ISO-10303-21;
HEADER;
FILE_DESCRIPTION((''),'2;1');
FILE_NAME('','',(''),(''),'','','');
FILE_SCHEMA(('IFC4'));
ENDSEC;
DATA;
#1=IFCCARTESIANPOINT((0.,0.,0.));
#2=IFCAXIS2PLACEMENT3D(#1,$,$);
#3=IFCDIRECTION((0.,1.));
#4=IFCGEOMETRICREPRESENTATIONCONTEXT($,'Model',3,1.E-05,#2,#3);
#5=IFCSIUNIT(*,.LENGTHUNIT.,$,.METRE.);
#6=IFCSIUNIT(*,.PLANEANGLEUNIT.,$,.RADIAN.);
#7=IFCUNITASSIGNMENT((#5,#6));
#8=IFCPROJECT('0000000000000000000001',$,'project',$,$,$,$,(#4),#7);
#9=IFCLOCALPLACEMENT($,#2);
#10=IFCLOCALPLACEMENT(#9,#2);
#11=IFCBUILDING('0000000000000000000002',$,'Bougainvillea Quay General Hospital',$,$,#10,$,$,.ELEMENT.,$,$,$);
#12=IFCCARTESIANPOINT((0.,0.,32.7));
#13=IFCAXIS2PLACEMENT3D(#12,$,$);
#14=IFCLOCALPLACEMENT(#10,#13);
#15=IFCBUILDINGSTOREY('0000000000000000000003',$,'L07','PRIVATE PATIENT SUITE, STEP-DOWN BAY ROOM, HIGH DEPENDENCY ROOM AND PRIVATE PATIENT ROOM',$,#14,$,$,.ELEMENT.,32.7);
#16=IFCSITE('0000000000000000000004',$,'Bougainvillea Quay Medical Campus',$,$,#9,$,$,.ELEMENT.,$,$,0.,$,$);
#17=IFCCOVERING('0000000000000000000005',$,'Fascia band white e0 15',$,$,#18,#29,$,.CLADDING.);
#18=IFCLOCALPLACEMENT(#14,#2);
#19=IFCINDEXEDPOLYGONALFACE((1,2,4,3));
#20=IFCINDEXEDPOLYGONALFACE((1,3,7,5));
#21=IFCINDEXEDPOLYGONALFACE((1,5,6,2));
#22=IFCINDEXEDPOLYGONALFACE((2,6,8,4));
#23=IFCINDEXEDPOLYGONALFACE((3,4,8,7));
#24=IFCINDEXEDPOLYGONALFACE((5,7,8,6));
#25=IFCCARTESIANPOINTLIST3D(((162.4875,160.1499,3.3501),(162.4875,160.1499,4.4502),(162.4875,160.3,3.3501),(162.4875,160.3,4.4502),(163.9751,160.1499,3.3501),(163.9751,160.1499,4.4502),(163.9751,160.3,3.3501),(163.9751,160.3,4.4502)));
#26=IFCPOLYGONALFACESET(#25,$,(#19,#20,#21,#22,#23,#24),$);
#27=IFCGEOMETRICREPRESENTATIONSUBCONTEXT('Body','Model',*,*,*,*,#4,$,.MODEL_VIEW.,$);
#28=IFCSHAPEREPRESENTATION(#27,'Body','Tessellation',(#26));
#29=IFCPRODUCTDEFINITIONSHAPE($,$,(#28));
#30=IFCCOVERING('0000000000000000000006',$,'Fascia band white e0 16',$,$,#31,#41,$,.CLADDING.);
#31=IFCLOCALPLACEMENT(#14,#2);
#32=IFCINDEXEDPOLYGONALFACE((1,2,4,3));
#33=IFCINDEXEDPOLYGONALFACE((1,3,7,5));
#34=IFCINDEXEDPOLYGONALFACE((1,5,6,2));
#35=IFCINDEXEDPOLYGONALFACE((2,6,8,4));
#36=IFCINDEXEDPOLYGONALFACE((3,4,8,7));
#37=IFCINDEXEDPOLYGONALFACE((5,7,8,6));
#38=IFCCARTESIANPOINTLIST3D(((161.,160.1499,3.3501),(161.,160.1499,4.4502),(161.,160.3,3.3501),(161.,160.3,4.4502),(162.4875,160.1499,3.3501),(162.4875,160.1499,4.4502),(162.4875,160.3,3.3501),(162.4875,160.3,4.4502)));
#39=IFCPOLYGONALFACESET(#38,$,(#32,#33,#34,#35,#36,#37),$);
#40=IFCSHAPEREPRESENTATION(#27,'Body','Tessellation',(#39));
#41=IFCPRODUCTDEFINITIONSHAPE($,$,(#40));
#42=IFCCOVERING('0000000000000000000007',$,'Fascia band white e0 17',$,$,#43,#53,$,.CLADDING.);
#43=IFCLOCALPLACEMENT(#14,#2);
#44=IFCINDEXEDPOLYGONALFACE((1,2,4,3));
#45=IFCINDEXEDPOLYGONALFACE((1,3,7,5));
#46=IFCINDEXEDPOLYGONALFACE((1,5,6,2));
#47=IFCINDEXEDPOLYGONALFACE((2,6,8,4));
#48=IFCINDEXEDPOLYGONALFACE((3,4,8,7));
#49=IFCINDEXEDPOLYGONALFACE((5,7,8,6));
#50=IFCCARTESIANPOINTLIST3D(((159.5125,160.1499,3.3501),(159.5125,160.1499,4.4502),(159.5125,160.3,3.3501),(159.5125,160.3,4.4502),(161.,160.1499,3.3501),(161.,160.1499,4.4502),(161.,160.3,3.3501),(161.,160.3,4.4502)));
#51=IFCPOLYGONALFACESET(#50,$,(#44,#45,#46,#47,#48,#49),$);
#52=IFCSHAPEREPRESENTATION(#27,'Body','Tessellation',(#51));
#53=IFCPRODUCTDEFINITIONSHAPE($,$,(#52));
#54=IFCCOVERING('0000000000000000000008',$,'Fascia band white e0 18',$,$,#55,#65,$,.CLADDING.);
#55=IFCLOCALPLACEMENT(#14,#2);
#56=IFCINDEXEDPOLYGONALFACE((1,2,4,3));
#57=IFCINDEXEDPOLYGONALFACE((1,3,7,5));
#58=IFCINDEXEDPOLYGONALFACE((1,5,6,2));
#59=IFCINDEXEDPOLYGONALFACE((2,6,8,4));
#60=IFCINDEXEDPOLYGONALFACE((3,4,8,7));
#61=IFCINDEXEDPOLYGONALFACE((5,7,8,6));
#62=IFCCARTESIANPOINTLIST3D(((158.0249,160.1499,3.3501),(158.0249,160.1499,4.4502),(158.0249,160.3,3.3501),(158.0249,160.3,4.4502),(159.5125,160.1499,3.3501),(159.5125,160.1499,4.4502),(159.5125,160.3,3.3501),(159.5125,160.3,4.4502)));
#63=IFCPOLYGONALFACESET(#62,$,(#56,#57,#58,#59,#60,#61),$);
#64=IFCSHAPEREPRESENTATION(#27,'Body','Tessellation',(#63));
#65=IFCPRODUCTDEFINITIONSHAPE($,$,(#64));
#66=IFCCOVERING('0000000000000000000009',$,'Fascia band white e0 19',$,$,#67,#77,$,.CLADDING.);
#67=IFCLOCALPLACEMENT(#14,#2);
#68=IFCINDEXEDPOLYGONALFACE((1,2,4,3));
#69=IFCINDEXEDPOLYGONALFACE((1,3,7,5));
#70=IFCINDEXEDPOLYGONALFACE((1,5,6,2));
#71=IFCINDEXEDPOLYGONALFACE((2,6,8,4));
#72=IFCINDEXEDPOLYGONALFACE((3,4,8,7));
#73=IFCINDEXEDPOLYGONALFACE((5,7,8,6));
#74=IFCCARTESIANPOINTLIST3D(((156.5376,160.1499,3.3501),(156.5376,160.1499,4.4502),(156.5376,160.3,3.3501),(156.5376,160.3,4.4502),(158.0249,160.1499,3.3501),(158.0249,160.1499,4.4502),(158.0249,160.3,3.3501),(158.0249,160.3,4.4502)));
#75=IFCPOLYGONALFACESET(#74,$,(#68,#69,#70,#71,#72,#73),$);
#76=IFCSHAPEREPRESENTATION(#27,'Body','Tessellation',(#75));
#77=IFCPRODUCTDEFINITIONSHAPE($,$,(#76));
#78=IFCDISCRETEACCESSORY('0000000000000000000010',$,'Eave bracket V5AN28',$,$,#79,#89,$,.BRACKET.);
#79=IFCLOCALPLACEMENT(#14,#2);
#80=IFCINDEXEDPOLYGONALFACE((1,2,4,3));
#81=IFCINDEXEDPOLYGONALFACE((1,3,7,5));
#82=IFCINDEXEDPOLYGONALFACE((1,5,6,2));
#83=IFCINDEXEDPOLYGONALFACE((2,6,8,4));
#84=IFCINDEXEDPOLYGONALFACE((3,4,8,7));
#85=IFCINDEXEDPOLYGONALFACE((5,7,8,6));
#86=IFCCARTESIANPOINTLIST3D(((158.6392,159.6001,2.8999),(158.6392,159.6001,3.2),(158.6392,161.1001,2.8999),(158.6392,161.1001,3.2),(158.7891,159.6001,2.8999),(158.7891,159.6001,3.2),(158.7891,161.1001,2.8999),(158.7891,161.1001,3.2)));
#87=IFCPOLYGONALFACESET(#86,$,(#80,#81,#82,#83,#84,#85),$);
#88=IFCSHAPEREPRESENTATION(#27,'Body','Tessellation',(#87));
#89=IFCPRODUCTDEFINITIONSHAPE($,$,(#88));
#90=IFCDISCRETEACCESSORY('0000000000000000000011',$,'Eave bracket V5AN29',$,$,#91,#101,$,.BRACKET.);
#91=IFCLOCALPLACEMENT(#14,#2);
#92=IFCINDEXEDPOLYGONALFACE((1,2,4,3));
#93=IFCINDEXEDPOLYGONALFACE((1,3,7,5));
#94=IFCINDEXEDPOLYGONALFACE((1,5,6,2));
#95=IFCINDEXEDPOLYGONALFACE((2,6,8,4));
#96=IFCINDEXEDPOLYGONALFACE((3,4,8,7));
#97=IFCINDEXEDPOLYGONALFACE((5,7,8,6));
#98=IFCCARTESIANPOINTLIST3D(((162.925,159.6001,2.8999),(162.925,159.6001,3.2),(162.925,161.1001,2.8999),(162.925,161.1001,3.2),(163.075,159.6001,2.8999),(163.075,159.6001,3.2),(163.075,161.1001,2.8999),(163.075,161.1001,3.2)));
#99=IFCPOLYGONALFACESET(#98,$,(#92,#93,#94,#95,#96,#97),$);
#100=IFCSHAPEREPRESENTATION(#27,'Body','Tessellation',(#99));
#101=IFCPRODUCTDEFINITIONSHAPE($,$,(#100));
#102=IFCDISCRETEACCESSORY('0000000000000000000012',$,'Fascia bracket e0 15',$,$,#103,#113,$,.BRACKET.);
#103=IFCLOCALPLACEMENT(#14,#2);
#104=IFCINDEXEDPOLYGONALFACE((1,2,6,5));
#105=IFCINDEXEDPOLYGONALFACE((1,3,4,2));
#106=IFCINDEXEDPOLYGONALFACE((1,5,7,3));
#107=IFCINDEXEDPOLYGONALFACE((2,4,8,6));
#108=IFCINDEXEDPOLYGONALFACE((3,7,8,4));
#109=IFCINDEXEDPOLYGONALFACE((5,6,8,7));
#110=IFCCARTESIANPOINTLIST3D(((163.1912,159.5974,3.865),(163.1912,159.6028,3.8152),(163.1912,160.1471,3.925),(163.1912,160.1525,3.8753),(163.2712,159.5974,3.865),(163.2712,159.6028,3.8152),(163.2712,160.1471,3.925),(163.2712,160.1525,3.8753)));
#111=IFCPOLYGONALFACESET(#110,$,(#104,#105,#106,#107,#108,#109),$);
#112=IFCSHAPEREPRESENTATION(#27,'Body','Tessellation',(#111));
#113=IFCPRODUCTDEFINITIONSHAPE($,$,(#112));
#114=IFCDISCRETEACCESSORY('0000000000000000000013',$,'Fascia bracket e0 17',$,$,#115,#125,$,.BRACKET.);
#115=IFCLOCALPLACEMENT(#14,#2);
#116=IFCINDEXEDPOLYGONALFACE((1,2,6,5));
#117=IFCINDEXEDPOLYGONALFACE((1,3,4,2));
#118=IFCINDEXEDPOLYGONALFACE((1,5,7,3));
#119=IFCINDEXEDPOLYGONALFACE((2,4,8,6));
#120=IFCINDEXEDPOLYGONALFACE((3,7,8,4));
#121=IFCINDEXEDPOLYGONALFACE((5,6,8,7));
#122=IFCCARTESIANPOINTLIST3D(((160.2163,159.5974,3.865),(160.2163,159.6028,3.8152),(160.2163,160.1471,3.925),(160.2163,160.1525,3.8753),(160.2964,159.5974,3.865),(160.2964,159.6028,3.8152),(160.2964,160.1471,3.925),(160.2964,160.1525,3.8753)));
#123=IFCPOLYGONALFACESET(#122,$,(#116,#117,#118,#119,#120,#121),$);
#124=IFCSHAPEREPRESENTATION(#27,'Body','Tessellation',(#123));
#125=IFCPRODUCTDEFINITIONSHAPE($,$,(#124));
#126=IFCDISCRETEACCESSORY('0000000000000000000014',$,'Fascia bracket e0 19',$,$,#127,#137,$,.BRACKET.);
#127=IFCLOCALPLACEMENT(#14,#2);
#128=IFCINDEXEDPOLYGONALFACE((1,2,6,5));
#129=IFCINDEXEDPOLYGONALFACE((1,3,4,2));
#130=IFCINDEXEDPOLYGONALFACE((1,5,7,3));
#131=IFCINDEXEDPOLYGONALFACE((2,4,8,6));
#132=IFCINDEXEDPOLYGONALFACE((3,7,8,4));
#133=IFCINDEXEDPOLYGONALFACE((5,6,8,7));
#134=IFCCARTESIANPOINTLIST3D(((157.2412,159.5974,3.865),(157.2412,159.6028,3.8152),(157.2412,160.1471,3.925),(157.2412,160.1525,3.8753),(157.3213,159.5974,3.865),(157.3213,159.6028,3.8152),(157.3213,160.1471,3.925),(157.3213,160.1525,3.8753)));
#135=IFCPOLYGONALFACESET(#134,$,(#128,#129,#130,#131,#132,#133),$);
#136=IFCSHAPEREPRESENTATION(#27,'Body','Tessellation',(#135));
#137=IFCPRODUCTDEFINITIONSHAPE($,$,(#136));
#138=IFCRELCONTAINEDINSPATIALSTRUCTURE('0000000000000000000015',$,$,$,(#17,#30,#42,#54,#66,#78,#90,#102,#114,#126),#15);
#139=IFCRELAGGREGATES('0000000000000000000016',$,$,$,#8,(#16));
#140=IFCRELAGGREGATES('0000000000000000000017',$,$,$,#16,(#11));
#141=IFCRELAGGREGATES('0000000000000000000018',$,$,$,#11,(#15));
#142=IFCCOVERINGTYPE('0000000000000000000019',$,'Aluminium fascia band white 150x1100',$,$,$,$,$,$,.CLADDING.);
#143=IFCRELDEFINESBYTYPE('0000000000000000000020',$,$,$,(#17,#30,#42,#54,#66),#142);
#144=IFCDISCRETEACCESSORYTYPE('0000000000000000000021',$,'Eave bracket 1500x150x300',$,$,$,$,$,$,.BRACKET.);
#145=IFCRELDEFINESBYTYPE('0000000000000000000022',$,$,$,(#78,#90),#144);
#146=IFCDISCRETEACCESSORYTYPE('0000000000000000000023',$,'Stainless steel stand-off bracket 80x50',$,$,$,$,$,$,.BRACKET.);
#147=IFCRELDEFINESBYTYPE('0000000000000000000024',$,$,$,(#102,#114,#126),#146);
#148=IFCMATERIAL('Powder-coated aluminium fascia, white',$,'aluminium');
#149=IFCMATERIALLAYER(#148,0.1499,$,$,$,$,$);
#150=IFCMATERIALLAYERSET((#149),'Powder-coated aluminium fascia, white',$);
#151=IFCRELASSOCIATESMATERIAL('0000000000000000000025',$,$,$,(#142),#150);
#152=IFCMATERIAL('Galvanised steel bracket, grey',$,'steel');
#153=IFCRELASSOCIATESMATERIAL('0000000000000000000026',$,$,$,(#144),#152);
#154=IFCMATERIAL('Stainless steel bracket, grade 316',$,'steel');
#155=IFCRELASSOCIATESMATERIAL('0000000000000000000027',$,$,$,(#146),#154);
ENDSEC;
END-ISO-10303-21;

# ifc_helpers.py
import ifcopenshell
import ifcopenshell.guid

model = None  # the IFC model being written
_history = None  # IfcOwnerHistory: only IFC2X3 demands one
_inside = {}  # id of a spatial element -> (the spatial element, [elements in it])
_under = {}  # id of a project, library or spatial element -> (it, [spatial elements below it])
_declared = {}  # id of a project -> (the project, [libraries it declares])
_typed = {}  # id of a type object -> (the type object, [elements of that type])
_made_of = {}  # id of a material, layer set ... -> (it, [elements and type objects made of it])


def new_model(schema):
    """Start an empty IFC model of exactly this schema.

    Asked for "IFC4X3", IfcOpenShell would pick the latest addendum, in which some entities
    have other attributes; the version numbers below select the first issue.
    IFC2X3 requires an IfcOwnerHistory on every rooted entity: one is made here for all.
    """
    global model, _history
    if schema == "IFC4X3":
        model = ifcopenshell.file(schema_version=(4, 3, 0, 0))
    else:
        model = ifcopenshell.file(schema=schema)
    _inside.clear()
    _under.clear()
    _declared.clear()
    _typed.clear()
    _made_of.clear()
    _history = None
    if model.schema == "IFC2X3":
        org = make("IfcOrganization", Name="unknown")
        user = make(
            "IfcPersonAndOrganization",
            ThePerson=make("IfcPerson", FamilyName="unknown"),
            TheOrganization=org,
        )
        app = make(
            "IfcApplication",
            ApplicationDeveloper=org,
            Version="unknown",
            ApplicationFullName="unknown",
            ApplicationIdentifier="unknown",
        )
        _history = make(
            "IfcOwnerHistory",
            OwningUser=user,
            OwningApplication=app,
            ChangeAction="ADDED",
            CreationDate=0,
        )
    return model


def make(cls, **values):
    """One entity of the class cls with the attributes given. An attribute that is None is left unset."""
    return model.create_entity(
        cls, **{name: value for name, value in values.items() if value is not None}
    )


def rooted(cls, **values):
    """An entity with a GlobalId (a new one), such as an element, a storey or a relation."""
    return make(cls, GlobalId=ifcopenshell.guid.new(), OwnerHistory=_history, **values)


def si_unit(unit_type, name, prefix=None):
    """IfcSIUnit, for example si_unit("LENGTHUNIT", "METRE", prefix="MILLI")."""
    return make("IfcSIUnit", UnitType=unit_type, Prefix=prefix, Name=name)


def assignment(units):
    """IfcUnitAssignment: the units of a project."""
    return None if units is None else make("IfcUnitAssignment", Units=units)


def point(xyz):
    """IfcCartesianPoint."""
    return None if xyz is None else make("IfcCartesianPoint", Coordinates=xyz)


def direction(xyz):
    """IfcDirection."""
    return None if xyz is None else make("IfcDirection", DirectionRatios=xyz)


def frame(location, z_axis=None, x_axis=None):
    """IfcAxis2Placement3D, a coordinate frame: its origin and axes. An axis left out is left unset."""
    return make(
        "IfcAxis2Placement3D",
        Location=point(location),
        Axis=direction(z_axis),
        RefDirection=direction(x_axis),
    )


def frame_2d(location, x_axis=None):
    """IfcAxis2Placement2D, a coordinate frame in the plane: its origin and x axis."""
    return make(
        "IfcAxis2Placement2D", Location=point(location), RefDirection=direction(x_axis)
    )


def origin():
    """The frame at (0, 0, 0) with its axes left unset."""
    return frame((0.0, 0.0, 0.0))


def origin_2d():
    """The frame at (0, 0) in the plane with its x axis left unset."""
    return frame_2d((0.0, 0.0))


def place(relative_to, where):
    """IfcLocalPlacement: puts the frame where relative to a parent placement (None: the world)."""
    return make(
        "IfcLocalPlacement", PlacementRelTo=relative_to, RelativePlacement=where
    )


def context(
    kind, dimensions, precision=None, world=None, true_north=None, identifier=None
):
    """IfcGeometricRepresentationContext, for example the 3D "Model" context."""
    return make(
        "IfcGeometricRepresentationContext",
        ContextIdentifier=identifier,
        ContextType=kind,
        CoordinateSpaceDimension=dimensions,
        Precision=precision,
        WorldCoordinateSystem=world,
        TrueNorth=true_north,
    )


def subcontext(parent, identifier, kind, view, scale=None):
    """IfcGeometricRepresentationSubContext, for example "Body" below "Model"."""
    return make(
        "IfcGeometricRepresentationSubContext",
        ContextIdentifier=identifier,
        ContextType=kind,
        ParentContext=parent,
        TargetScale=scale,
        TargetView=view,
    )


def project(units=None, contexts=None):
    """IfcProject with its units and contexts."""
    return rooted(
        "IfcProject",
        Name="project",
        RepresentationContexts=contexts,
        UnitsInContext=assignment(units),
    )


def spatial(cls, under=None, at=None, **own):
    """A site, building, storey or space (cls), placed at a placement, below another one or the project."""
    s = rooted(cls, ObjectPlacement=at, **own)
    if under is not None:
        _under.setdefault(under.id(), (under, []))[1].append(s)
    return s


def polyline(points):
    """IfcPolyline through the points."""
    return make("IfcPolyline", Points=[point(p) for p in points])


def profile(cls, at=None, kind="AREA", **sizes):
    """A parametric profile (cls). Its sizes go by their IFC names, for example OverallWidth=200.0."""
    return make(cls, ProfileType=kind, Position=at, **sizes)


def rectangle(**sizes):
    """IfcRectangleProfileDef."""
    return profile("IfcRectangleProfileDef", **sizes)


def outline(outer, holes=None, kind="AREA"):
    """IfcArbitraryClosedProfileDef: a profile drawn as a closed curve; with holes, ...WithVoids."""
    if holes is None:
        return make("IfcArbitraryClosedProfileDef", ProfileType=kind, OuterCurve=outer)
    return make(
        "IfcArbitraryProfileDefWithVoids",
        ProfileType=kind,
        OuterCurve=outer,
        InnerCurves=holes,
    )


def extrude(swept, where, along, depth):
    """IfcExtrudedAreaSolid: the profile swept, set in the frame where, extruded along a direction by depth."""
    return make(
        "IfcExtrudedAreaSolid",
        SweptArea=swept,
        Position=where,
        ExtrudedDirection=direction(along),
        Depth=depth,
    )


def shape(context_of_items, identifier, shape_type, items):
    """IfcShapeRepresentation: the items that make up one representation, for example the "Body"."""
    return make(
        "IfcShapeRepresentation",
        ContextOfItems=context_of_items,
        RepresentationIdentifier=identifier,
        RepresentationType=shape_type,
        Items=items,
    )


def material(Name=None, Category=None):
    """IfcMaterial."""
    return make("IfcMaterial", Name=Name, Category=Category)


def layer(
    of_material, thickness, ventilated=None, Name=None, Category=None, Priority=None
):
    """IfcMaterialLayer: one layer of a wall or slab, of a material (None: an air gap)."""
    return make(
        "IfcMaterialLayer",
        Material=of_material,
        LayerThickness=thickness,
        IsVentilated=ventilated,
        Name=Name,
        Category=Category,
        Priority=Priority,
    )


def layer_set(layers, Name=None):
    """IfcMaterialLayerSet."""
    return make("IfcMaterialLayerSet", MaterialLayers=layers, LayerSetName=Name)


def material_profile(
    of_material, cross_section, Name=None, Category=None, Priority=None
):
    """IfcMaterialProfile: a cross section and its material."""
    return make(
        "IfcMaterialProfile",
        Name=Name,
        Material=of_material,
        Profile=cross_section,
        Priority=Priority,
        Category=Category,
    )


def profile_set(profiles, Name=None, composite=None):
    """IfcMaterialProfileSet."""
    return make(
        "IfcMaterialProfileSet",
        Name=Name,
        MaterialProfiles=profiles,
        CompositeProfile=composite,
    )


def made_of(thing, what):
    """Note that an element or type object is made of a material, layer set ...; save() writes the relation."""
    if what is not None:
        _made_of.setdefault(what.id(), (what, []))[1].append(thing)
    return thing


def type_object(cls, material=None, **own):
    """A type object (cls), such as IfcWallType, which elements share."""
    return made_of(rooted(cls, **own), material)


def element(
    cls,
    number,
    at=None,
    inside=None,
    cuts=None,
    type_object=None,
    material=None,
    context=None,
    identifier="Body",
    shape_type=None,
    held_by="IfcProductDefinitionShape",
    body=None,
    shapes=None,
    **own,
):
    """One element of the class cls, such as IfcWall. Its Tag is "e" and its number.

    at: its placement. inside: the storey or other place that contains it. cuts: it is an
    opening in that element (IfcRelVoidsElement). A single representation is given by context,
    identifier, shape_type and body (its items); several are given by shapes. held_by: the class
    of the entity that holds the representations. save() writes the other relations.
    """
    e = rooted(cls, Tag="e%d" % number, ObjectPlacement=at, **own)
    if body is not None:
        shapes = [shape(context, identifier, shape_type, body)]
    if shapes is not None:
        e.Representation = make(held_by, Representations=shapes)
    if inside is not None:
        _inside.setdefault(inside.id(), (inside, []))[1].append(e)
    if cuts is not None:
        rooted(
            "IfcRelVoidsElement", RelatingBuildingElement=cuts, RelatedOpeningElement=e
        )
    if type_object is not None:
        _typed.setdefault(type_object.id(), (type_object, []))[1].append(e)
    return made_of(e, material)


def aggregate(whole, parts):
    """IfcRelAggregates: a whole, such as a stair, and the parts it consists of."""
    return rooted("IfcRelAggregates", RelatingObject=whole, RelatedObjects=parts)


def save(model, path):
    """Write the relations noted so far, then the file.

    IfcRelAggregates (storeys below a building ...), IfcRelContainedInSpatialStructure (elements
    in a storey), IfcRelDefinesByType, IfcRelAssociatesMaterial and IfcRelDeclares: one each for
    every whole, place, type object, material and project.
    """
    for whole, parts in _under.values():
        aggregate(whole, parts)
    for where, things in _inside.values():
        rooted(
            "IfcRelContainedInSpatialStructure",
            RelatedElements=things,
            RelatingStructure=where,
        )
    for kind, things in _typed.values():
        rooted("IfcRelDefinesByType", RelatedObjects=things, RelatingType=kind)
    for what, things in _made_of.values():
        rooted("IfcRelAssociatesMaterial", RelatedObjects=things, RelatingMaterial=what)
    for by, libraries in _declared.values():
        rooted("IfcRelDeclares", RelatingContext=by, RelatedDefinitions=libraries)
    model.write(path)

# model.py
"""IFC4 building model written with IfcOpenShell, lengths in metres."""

from ifc_helpers import new_model, si_unit, direction, frame, origin, origin_2d, place, context, subcontext, project, spatial, polyline, rectangle, outline, extrude, material, layer, layer_set, material_profile, profile_set, type_object, element, save


model = new_model("IFC4")

# Units and contexts
model_context = context("Model", 3, precision=1e-05, world=origin(), true_north=direction((0.0, 1.0)))
body_context = subcontext(model_context, "Body", "Model", "MODEL_VIEW")
ifc_project = project(units=[si_unit("LENGTHUNIT", "METRE"), si_unit("PLANEANGLEUNIT", "RADIAN")], contexts=[model_context])

# Site, building, storey
site_placement = place(None, origin())
site = spatial("IfcSite", under=ifc_project, at=site_placement, Name="Bougainvillea Quay Medical Campus", CompositionType="ELEMENT", RefElevation=0.0)
building_placement = place(site_placement, origin())
building = spatial("IfcBuilding", under=site, at=building_placement, Name="Bougainvillea Quay General Hospital", CompositionType="ELEMENT")
storey_placement = place(building_placement, frame((0.0, 0.0, 32.7)))
storey = spatial("IfcBuildingStorey", under=building, at=storey_placement, Name="L07", Description="PRIVATE PATIENT SUITE, STEP-DOWN BAY ROOM, HIGH DEPENDENCY ROOM AND PRIVATE PATIENT ROOM", CompositionType="ELEMENT", Elevation=32.7)

# Coverings
ifc_material_1 = material(Name="Powder-coated aluminium fascia, white", Category="aluminium")
ifc_layer_1 = layer(ifc_material_1, 0.1499)
ifc_layer_set_1 = layer_set([ifc_layer_1], Name="Powder-coated aluminium fascia, white")
covering_type = type_object("IfcCoveringType", Name="Aluminium fascia band white 150x1100", PredefinedType="CLADDING", material=ifc_layer_set_1)
for number, where, z_axis, x_axis, name in (
    (1, (163.9751, 160.1499, 3.3501), (0.0, 0.0, 1.0), (-1.0, 0.0, 0.0), "Fascia band white e0 15"),
    (2, (162.4875, 160.1499, 3.3501), (0.0, 0.0, 1.0), (-1.0, 0.0, 0.0), "Fascia band white e0 16"),
    (3, (161.0, 160.1499, 3.3501), (0.0, 0.0, 1.0), (-1.0, 0.0, 0.0), "Fascia band white e0 17"),
    (4, (159.5125, 160.1499, 3.3501), (0.0, 0.0, 1.0), (-1.0, 0.0, 0.0), "Fascia band white e0 18"),
):
    element("IfcCovering", number, at=place(storey_placement, frame(where, z_axis=z_axis, x_axis=x_axis)), inside=storey, type_object=covering_type, Name=name, PredefinedType="CLADDING", context=body_context, shape_type="SweptSolid", body=[
        extrude(outline(polyline([(0.0, 0.0), (1.4875, 0.0), (1.4875, -0.1501), (0.0, -0.1501), (0.0, 0.0)])), origin(), (0.0, 0.0, 1.0), 1.1001),
    ])
covering_1_placement = place(storey_placement, frame((158.0249, 160.1499, 3.3501), z_axis=(0.0, 0.0, 1.0), x_axis=(-1.0, 0.0, 0.0)))
element("IfcCovering", 5, at=covering_1_placement, inside=storey, type_object=covering_type, Name="Fascia band white e0 19", PredefinedType="CLADDING", context=body_context, shape_type="SweptSolid", body=[
    extrude(outline(polyline([(0.0, 0.0), (1.4873, 0.0), (1.4873, -0.1501), (0.0, -0.1501), (0.0, 0.0)])), origin(), (0.0, 0.0, 1.0), 1.1001),
])

# Discrete accessories
ifc_material_2 = material(Name="Galvanised steel bracket, grey", Category="steel")
discrete_accessory_type_1 = type_object("IfcDiscreteAccessoryType", Name="Eave bracket 1500x150x300", PredefinedType="BRACKET", material=ifc_material_2)
for number, where, z_axis, x_axis, name in (
    (6, (158.7141, 160.3501, 2.8999), (0.0, 0.0, 1.0), (1.0, 0.0, 0.0), "Eave bracket V5AN28"),
    (7, (163.0, 160.3501, 2.8999), (0.0, 0.0, 1.0), (1.0, 0.0, 0.0), "Eave bracket V5AN29"),
):
    element("IfcDiscreteAccessory", number, at=place(storey_placement, frame(where, z_axis=z_axis, x_axis=x_axis)), inside=storey, type_object=discrete_accessory_type_1, Name=name, PredefinedType="BRACKET", context=body_context, shape_type="SweptSolid", body=[
        extrude(rectangle(XDim=0.1499, YDim=1.5, at=origin_2d()), origin(), (0.0, 0.0, 1.0), 0.3),
    ])
ifc_material_3 = material(Name="Stainless steel bracket, grade 316", Category="steel")
ifc_material_profile_1 = material_profile(ifc_material_3, rectangle(XDim=0.0801, YDim=0.05, at=origin_2d()))
ifc_profile_set_1 = profile_set([ifc_material_profile_1], Name="Stainless steel bracket, grade 316")
discrete_accessory_type_2 = type_object("IfcDiscreteAccessoryType", Name="Stainless steel stand-off bracket 80x50", PredefinedType="BRACKET", material=ifc_profile_set_1)
for number, where, z_axis, x_axis, name in (
    (8, (163.2312, 159.6001, 3.8401), (0.0, 0.994087, 0.10859), (-1.0, 0.0, 0.0), "Fascia bracket e0 15"),
    (9, (160.2563, 159.6001, 3.8401), (0.0, 0.994087, 0.10859), (-1.0, 0.0, 0.0), "Fascia bracket e0 17"),
    (10, (157.2812, 159.6001, 3.8401), (0.0, 0.994087, 0.10859), (-1.0, 0.0, 0.0), "Fascia bracket e0 19"),
):
    element("IfcDiscreteAccessory", number, at=place(storey_placement, frame(where, z_axis=z_axis, x_axis=x_axis)), inside=storey, type_object=discrete_accessory_type_2, Name=name, PredefinedType="BRACKET", context=body_context, shape_type="SweptSolid", body=[
        extrude(rectangle(XDim=0.0801, YDim=0.05, at=origin_2d()), origin(), (0.0, 0.0, 1.0), 0.553),
    ])

save(model, "model.ifc")
